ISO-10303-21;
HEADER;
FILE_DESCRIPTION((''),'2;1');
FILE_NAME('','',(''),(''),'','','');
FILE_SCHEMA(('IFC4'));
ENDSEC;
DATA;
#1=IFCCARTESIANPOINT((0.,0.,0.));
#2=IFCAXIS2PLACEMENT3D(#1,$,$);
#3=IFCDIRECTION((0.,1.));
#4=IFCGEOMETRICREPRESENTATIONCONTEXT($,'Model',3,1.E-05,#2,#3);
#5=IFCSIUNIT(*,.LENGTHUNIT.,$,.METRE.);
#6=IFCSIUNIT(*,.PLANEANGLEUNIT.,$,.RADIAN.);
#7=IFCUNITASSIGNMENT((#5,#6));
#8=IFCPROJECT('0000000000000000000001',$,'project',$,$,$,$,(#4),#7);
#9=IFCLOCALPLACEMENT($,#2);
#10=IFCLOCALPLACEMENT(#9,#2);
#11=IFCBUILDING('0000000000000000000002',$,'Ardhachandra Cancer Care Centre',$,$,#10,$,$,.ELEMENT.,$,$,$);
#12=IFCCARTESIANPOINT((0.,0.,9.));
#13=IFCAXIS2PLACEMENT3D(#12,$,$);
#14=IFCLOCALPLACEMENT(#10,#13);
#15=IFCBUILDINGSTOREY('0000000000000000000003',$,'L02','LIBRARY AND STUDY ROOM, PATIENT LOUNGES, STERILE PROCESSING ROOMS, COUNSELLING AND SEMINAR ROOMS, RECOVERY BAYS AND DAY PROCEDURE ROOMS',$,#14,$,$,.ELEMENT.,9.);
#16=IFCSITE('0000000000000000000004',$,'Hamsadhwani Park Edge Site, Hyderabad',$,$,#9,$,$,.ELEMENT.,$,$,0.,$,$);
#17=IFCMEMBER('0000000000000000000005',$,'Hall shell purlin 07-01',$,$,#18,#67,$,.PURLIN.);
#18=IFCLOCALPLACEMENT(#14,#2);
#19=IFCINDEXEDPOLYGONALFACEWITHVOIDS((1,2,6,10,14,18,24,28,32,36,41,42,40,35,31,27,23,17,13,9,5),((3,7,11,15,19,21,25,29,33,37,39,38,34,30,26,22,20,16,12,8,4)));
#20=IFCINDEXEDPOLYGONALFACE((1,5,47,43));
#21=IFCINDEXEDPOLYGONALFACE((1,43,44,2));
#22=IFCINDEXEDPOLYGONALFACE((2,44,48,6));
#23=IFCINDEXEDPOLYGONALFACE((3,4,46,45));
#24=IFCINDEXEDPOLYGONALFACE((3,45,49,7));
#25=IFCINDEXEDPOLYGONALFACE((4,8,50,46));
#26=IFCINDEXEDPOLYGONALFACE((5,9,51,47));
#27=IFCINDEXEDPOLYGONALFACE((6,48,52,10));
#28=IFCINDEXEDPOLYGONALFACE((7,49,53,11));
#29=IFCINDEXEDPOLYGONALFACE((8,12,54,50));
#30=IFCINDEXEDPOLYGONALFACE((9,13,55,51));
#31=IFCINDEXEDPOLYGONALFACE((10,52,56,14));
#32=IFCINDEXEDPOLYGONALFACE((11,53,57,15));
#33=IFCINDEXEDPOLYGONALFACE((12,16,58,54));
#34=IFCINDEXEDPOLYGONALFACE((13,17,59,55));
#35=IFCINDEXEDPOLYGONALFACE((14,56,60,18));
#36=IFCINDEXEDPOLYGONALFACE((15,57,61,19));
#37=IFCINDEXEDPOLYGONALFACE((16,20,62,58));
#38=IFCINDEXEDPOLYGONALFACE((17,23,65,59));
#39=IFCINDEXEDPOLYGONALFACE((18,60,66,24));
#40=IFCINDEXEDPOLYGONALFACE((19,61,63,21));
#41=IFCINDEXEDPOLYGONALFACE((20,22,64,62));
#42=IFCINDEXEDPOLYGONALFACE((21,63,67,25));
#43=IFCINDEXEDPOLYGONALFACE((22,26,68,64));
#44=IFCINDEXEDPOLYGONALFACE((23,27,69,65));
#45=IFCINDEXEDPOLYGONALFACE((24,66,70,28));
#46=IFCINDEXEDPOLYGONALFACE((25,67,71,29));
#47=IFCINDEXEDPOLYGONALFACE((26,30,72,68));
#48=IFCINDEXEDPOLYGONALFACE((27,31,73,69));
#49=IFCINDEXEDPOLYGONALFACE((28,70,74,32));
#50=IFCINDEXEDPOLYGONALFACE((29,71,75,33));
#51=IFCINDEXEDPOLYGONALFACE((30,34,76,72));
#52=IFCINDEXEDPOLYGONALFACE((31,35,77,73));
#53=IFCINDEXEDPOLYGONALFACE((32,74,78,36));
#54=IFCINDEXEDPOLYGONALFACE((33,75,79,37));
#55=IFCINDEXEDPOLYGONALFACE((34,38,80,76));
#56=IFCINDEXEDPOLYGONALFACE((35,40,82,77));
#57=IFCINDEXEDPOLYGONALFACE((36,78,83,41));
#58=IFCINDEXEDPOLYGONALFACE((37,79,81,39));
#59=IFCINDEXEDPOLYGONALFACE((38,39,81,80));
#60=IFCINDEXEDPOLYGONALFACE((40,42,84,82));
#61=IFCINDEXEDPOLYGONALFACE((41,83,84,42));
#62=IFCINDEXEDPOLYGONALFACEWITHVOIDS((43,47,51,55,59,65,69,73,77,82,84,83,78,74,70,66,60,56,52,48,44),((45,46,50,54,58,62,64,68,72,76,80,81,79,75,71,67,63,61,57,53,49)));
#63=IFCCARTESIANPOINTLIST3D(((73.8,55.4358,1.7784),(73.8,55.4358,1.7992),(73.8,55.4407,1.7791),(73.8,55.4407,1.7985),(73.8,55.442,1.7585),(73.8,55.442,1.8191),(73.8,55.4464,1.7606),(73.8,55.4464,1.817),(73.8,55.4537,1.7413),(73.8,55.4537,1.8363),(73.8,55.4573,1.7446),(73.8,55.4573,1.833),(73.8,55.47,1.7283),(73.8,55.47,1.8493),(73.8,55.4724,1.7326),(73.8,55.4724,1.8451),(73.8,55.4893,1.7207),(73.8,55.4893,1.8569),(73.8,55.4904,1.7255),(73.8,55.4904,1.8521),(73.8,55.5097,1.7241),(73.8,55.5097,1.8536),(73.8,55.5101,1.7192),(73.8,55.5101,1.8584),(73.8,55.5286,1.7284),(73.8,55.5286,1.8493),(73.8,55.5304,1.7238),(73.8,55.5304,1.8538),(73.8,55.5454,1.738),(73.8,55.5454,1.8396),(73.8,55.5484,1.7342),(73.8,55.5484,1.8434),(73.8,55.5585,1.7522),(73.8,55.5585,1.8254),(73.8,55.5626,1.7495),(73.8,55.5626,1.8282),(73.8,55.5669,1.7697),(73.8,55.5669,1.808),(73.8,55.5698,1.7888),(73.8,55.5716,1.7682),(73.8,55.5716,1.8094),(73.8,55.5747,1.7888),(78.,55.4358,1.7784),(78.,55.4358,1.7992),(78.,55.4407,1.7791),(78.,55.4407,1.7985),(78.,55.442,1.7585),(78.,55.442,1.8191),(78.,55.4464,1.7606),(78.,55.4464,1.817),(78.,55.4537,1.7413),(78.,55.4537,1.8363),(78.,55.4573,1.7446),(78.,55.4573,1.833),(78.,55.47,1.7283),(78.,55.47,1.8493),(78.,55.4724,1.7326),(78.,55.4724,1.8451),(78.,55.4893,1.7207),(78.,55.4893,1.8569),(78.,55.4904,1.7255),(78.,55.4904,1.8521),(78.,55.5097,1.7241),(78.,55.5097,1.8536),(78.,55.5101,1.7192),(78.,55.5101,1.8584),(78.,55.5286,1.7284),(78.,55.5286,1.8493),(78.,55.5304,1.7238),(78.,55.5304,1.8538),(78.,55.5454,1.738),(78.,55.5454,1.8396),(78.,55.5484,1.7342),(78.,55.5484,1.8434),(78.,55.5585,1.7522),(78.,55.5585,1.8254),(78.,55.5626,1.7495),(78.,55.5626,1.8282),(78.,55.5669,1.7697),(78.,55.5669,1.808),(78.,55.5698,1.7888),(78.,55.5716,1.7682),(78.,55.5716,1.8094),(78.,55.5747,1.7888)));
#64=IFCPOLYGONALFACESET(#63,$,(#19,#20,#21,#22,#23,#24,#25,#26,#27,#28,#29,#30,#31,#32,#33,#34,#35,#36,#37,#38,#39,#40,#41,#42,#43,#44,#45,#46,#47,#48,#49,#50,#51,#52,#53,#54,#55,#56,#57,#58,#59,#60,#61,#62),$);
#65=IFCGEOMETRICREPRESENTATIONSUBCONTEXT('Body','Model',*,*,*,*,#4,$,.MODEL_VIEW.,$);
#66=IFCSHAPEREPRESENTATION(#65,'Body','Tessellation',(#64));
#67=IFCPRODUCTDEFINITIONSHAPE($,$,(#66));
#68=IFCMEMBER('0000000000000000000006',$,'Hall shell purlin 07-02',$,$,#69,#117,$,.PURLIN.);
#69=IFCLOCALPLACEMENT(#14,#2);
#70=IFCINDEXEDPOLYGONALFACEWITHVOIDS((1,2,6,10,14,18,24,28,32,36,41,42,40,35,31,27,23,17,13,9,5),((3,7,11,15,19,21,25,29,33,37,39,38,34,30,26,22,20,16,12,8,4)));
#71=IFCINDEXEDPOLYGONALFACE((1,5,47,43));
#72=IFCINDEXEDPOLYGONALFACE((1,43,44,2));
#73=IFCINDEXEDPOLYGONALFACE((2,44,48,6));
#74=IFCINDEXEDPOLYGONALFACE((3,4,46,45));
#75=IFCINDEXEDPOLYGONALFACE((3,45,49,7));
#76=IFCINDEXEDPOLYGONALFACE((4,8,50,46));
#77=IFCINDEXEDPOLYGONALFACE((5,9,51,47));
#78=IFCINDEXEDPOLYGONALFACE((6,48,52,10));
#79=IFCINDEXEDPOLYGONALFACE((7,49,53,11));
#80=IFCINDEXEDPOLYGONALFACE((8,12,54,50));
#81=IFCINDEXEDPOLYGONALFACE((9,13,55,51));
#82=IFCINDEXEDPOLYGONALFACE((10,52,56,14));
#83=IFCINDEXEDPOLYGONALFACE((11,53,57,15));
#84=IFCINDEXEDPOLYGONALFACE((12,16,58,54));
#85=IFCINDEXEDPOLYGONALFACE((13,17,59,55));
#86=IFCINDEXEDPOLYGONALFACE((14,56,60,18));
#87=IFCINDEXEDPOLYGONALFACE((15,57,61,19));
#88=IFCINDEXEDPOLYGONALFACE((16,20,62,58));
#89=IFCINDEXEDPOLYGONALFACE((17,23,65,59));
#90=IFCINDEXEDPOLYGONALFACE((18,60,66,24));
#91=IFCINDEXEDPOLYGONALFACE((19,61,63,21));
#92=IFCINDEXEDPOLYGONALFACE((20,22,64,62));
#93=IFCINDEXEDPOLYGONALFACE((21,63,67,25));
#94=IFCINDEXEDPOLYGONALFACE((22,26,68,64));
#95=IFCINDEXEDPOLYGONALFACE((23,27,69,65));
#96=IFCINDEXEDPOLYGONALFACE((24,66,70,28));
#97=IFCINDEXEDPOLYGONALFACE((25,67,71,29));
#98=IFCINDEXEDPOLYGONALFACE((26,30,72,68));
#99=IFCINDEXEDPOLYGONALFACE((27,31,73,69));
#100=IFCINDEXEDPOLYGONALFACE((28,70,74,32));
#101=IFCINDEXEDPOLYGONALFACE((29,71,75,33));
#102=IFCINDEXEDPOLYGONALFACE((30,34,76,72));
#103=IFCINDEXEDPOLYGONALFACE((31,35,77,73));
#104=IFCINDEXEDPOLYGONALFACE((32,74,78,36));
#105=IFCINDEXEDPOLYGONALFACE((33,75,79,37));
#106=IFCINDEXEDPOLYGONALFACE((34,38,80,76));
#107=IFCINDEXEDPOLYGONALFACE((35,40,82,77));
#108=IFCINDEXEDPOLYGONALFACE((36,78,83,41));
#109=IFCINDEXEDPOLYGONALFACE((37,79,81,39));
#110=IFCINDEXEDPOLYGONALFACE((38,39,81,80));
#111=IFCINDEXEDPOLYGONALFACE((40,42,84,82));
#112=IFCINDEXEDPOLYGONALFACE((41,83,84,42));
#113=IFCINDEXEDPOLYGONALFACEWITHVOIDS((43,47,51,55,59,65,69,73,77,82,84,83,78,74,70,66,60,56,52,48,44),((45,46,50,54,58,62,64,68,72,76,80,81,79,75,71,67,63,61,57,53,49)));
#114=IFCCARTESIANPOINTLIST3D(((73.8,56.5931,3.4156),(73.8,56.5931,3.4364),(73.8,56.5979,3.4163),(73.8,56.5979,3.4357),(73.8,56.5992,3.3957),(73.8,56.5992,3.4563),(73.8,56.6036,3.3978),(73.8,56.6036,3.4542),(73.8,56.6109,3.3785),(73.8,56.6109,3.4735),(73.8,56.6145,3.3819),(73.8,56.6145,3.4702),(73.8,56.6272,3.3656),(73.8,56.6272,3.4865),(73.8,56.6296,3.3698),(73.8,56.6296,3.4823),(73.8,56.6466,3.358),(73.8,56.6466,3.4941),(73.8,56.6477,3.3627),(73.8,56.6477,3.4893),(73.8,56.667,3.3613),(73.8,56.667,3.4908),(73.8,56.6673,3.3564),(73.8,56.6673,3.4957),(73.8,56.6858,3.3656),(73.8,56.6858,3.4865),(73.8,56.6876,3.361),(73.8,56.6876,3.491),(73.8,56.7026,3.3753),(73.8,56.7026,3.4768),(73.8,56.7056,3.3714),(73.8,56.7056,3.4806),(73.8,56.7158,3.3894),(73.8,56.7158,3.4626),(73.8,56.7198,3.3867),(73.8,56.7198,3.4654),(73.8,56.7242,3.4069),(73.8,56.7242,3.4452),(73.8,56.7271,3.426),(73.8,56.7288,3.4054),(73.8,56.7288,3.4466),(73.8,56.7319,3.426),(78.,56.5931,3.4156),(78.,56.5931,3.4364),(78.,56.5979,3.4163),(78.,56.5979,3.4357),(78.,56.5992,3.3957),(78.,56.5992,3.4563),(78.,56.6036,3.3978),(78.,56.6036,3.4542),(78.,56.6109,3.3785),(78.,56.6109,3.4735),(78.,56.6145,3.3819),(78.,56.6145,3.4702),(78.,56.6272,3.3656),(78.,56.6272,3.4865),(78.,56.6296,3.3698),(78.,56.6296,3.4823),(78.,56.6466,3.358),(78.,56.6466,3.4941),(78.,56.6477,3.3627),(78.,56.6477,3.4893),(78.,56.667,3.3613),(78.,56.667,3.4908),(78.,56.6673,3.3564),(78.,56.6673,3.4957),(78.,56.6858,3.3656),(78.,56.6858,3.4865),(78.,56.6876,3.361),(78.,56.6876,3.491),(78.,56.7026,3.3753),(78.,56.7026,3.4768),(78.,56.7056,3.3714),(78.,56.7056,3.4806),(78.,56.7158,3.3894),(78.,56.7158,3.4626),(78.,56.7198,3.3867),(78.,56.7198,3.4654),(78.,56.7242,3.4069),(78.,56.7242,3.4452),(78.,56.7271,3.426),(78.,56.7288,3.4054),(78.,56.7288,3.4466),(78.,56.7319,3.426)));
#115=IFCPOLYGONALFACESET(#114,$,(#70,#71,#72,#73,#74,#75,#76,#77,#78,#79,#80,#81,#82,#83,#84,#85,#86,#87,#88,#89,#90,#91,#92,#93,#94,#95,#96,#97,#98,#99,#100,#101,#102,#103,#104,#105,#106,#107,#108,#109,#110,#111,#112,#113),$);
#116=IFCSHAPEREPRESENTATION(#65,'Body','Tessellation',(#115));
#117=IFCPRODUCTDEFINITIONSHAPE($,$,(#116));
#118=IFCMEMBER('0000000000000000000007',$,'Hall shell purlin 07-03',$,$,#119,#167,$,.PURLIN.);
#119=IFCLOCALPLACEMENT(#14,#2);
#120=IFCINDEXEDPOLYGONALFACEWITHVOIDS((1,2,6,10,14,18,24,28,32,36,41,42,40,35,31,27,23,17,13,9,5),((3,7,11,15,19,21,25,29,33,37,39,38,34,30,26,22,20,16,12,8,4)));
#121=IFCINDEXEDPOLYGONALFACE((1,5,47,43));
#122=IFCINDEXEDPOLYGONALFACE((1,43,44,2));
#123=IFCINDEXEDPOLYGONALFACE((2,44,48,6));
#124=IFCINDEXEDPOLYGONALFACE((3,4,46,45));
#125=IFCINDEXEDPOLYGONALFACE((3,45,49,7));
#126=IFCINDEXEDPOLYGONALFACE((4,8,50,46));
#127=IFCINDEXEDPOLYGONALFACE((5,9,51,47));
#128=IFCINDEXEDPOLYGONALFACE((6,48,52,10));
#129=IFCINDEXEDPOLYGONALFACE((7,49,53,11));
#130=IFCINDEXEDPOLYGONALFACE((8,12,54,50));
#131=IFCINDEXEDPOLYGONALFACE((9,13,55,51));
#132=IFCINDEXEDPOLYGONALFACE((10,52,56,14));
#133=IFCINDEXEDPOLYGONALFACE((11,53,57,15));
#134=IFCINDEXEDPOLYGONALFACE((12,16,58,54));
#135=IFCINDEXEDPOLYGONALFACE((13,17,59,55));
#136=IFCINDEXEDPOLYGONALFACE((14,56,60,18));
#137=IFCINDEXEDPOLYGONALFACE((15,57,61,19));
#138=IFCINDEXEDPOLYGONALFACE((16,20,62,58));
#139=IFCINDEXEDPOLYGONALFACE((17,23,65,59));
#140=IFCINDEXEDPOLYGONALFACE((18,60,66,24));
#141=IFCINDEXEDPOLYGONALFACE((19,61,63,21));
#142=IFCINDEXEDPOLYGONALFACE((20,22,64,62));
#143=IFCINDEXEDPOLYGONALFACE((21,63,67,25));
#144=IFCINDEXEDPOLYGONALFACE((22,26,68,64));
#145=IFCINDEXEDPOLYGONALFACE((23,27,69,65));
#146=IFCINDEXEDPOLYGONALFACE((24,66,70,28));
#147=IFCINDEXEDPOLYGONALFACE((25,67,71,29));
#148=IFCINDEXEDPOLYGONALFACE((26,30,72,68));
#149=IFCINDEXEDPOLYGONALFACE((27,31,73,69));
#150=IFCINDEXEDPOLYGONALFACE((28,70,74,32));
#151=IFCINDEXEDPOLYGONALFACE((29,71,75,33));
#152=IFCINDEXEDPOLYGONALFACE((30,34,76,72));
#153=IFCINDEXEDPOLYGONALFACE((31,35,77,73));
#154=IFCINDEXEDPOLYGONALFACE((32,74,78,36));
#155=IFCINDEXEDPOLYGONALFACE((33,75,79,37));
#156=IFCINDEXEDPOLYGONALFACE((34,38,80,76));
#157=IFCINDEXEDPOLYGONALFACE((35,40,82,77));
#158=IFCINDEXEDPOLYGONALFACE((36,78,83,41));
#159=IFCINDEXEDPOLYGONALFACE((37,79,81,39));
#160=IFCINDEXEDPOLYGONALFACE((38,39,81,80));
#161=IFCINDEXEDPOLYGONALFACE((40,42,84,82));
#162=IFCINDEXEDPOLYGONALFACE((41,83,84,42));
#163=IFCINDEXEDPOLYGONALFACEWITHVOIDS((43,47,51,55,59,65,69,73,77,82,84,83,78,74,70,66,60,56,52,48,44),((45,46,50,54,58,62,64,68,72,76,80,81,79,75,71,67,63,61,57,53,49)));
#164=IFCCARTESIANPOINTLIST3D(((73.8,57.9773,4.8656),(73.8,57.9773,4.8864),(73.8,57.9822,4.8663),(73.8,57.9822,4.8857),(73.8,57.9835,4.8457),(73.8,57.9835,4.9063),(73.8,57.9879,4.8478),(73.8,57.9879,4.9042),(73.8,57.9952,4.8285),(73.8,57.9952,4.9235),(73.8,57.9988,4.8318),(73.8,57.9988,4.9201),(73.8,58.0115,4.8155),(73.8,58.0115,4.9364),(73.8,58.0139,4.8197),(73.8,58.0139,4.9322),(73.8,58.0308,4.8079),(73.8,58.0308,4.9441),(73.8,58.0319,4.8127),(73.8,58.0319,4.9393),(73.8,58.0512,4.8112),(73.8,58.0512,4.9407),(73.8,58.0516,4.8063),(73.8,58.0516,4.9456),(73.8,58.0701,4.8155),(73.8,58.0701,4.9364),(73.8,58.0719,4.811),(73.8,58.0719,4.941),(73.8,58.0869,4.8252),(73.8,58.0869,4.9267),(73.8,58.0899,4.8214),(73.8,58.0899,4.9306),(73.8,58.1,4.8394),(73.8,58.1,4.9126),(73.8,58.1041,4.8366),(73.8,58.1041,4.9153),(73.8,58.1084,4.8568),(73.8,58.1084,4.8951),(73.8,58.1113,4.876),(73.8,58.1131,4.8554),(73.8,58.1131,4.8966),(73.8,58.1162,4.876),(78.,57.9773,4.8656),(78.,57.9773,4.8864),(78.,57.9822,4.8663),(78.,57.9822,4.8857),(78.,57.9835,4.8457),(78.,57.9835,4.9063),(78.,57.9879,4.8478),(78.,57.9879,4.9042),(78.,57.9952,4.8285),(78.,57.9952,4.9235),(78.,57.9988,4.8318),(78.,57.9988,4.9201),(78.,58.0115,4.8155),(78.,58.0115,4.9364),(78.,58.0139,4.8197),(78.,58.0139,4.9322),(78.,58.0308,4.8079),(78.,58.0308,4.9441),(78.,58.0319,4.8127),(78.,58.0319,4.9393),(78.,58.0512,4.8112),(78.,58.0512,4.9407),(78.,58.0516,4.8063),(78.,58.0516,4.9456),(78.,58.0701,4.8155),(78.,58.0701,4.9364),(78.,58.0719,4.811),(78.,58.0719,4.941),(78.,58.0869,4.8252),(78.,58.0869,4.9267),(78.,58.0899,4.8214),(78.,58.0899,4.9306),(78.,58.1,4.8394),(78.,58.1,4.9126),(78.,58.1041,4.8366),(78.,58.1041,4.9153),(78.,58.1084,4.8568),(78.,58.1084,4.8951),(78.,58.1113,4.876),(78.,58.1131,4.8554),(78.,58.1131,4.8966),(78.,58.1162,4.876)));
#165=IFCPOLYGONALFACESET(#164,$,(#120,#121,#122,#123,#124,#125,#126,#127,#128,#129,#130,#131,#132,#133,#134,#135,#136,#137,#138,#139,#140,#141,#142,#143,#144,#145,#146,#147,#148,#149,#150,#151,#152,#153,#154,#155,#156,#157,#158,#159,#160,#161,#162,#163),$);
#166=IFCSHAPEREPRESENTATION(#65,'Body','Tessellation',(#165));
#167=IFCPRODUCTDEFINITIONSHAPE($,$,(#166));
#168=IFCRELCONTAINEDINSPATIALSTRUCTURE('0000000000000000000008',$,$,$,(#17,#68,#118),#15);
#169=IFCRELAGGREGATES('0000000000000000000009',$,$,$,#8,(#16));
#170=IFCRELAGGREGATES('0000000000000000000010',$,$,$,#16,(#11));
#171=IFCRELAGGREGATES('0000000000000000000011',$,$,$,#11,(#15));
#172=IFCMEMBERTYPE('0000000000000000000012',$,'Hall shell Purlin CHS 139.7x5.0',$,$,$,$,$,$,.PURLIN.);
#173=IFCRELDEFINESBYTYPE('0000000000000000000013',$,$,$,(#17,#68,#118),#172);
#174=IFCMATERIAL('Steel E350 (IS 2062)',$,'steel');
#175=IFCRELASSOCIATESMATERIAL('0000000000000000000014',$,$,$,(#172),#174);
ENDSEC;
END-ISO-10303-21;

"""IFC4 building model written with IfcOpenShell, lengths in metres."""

from ifc_helpers import new_model, si_unit, direction, frame, origin, origin_2d, place, context, subcontext, project, spatial, hollow_circle, extrude, material, material_profile, profile_set, type_object, element, save


model = new_model("IFC4")

# Units and contexts
model_context = context("Model", 3, precision=1e-05, world=origin(), true_north=direction((0.0, 1.0)))
body_context = subcontext(model_context, "Body", "Model", "MODEL_VIEW")
ifc_project = project(units=[si_unit("LENGTHUNIT", "METRE"), si_unit("PLANEANGLEUNIT", "RADIAN")], contexts=[model_context])

# Site, building, storey
site_placement = place(None, origin())
site = spatial("IfcSite", under=ifc_project, at=site_placement, Name="Hamsadhwani Park Edge Site, Hyderabad", CompositionType="ELEMENT", RefElevation=0.0)
building_placement = place(site_placement, origin())
building = spatial("IfcBuilding", under=site, at=building_placement, Name="Ardhachandra Cancer Care Centre", CompositionType="ELEMENT")
storey_placement = place(building_placement, frame((0.0, 0.0, 9.0)))
storey = spatial("IfcBuildingStorey", under=building, at=storey_placement, Name="L02", Description="LIBRARY AND STUDY ROOM, PATIENT LOUNGES, STERILE PROCESSING ROOMS, COUNSELLING AND SEMINAR ROOMS, RECOVERY BAYS AND DAY PROCEDURE ROOMS", CompositionType="ELEMENT", Elevation=9.0)

# Members
ifc_material_1 = material(Name="Steel E350 (IS 2062)", Category="steel")
ifc_material_profile_1 = material_profile(ifc_material_1, hollow_circle(Radius=0.0698, WallThickness=0.0049, at=origin_2d()), Name="CHS 139.7x5.0")
ifc_profile_set_1 = profile_set([ifc_material_profile_1], Name="Steel E350 (IS 2062)")
member_type_1 = type_object("IfcMemberType", Name="Hall shell Purlin CHS 139.7x5.0", PredefinedType="PURLIN", material=ifc_profile_set_1)
for number, where, z_axis, x_axis, name in (
    (1, (73.8, 55.5049, 1.7888), (1.0, 0.0, 0.0), (0.0, 1.0, 0.0), "Hall shell purlin 07-01"),
    (2, (73.8, 56.6621, 3.426), (1.0, 0.0, 0.0), (0.0, 1.0, 0.0), "Hall shell purlin 07-02"),
    (3, (73.8, 58.0464, 4.876), (1.0, 0.0, 0.0), (0.0, 1.0, 0.0), "Hall shell purlin 07-03"),
):
    element("IfcMember", number, at=place(storey_placement, frame(where, z_axis=z_axis, x_axis=x_axis)), inside=storey, type_object=member_type_1, Name=name, PredefinedType="PURLIN", context=body_context, shape_type="SweptSolid", body=[
        extrude(hollow_circle(Radius=0.0698, WallThickness=0.0049, at=origin_2d()), origin(), (0.0, 0.0, 1.0), 4.2),
    ])

save(model, "model.ifc")
